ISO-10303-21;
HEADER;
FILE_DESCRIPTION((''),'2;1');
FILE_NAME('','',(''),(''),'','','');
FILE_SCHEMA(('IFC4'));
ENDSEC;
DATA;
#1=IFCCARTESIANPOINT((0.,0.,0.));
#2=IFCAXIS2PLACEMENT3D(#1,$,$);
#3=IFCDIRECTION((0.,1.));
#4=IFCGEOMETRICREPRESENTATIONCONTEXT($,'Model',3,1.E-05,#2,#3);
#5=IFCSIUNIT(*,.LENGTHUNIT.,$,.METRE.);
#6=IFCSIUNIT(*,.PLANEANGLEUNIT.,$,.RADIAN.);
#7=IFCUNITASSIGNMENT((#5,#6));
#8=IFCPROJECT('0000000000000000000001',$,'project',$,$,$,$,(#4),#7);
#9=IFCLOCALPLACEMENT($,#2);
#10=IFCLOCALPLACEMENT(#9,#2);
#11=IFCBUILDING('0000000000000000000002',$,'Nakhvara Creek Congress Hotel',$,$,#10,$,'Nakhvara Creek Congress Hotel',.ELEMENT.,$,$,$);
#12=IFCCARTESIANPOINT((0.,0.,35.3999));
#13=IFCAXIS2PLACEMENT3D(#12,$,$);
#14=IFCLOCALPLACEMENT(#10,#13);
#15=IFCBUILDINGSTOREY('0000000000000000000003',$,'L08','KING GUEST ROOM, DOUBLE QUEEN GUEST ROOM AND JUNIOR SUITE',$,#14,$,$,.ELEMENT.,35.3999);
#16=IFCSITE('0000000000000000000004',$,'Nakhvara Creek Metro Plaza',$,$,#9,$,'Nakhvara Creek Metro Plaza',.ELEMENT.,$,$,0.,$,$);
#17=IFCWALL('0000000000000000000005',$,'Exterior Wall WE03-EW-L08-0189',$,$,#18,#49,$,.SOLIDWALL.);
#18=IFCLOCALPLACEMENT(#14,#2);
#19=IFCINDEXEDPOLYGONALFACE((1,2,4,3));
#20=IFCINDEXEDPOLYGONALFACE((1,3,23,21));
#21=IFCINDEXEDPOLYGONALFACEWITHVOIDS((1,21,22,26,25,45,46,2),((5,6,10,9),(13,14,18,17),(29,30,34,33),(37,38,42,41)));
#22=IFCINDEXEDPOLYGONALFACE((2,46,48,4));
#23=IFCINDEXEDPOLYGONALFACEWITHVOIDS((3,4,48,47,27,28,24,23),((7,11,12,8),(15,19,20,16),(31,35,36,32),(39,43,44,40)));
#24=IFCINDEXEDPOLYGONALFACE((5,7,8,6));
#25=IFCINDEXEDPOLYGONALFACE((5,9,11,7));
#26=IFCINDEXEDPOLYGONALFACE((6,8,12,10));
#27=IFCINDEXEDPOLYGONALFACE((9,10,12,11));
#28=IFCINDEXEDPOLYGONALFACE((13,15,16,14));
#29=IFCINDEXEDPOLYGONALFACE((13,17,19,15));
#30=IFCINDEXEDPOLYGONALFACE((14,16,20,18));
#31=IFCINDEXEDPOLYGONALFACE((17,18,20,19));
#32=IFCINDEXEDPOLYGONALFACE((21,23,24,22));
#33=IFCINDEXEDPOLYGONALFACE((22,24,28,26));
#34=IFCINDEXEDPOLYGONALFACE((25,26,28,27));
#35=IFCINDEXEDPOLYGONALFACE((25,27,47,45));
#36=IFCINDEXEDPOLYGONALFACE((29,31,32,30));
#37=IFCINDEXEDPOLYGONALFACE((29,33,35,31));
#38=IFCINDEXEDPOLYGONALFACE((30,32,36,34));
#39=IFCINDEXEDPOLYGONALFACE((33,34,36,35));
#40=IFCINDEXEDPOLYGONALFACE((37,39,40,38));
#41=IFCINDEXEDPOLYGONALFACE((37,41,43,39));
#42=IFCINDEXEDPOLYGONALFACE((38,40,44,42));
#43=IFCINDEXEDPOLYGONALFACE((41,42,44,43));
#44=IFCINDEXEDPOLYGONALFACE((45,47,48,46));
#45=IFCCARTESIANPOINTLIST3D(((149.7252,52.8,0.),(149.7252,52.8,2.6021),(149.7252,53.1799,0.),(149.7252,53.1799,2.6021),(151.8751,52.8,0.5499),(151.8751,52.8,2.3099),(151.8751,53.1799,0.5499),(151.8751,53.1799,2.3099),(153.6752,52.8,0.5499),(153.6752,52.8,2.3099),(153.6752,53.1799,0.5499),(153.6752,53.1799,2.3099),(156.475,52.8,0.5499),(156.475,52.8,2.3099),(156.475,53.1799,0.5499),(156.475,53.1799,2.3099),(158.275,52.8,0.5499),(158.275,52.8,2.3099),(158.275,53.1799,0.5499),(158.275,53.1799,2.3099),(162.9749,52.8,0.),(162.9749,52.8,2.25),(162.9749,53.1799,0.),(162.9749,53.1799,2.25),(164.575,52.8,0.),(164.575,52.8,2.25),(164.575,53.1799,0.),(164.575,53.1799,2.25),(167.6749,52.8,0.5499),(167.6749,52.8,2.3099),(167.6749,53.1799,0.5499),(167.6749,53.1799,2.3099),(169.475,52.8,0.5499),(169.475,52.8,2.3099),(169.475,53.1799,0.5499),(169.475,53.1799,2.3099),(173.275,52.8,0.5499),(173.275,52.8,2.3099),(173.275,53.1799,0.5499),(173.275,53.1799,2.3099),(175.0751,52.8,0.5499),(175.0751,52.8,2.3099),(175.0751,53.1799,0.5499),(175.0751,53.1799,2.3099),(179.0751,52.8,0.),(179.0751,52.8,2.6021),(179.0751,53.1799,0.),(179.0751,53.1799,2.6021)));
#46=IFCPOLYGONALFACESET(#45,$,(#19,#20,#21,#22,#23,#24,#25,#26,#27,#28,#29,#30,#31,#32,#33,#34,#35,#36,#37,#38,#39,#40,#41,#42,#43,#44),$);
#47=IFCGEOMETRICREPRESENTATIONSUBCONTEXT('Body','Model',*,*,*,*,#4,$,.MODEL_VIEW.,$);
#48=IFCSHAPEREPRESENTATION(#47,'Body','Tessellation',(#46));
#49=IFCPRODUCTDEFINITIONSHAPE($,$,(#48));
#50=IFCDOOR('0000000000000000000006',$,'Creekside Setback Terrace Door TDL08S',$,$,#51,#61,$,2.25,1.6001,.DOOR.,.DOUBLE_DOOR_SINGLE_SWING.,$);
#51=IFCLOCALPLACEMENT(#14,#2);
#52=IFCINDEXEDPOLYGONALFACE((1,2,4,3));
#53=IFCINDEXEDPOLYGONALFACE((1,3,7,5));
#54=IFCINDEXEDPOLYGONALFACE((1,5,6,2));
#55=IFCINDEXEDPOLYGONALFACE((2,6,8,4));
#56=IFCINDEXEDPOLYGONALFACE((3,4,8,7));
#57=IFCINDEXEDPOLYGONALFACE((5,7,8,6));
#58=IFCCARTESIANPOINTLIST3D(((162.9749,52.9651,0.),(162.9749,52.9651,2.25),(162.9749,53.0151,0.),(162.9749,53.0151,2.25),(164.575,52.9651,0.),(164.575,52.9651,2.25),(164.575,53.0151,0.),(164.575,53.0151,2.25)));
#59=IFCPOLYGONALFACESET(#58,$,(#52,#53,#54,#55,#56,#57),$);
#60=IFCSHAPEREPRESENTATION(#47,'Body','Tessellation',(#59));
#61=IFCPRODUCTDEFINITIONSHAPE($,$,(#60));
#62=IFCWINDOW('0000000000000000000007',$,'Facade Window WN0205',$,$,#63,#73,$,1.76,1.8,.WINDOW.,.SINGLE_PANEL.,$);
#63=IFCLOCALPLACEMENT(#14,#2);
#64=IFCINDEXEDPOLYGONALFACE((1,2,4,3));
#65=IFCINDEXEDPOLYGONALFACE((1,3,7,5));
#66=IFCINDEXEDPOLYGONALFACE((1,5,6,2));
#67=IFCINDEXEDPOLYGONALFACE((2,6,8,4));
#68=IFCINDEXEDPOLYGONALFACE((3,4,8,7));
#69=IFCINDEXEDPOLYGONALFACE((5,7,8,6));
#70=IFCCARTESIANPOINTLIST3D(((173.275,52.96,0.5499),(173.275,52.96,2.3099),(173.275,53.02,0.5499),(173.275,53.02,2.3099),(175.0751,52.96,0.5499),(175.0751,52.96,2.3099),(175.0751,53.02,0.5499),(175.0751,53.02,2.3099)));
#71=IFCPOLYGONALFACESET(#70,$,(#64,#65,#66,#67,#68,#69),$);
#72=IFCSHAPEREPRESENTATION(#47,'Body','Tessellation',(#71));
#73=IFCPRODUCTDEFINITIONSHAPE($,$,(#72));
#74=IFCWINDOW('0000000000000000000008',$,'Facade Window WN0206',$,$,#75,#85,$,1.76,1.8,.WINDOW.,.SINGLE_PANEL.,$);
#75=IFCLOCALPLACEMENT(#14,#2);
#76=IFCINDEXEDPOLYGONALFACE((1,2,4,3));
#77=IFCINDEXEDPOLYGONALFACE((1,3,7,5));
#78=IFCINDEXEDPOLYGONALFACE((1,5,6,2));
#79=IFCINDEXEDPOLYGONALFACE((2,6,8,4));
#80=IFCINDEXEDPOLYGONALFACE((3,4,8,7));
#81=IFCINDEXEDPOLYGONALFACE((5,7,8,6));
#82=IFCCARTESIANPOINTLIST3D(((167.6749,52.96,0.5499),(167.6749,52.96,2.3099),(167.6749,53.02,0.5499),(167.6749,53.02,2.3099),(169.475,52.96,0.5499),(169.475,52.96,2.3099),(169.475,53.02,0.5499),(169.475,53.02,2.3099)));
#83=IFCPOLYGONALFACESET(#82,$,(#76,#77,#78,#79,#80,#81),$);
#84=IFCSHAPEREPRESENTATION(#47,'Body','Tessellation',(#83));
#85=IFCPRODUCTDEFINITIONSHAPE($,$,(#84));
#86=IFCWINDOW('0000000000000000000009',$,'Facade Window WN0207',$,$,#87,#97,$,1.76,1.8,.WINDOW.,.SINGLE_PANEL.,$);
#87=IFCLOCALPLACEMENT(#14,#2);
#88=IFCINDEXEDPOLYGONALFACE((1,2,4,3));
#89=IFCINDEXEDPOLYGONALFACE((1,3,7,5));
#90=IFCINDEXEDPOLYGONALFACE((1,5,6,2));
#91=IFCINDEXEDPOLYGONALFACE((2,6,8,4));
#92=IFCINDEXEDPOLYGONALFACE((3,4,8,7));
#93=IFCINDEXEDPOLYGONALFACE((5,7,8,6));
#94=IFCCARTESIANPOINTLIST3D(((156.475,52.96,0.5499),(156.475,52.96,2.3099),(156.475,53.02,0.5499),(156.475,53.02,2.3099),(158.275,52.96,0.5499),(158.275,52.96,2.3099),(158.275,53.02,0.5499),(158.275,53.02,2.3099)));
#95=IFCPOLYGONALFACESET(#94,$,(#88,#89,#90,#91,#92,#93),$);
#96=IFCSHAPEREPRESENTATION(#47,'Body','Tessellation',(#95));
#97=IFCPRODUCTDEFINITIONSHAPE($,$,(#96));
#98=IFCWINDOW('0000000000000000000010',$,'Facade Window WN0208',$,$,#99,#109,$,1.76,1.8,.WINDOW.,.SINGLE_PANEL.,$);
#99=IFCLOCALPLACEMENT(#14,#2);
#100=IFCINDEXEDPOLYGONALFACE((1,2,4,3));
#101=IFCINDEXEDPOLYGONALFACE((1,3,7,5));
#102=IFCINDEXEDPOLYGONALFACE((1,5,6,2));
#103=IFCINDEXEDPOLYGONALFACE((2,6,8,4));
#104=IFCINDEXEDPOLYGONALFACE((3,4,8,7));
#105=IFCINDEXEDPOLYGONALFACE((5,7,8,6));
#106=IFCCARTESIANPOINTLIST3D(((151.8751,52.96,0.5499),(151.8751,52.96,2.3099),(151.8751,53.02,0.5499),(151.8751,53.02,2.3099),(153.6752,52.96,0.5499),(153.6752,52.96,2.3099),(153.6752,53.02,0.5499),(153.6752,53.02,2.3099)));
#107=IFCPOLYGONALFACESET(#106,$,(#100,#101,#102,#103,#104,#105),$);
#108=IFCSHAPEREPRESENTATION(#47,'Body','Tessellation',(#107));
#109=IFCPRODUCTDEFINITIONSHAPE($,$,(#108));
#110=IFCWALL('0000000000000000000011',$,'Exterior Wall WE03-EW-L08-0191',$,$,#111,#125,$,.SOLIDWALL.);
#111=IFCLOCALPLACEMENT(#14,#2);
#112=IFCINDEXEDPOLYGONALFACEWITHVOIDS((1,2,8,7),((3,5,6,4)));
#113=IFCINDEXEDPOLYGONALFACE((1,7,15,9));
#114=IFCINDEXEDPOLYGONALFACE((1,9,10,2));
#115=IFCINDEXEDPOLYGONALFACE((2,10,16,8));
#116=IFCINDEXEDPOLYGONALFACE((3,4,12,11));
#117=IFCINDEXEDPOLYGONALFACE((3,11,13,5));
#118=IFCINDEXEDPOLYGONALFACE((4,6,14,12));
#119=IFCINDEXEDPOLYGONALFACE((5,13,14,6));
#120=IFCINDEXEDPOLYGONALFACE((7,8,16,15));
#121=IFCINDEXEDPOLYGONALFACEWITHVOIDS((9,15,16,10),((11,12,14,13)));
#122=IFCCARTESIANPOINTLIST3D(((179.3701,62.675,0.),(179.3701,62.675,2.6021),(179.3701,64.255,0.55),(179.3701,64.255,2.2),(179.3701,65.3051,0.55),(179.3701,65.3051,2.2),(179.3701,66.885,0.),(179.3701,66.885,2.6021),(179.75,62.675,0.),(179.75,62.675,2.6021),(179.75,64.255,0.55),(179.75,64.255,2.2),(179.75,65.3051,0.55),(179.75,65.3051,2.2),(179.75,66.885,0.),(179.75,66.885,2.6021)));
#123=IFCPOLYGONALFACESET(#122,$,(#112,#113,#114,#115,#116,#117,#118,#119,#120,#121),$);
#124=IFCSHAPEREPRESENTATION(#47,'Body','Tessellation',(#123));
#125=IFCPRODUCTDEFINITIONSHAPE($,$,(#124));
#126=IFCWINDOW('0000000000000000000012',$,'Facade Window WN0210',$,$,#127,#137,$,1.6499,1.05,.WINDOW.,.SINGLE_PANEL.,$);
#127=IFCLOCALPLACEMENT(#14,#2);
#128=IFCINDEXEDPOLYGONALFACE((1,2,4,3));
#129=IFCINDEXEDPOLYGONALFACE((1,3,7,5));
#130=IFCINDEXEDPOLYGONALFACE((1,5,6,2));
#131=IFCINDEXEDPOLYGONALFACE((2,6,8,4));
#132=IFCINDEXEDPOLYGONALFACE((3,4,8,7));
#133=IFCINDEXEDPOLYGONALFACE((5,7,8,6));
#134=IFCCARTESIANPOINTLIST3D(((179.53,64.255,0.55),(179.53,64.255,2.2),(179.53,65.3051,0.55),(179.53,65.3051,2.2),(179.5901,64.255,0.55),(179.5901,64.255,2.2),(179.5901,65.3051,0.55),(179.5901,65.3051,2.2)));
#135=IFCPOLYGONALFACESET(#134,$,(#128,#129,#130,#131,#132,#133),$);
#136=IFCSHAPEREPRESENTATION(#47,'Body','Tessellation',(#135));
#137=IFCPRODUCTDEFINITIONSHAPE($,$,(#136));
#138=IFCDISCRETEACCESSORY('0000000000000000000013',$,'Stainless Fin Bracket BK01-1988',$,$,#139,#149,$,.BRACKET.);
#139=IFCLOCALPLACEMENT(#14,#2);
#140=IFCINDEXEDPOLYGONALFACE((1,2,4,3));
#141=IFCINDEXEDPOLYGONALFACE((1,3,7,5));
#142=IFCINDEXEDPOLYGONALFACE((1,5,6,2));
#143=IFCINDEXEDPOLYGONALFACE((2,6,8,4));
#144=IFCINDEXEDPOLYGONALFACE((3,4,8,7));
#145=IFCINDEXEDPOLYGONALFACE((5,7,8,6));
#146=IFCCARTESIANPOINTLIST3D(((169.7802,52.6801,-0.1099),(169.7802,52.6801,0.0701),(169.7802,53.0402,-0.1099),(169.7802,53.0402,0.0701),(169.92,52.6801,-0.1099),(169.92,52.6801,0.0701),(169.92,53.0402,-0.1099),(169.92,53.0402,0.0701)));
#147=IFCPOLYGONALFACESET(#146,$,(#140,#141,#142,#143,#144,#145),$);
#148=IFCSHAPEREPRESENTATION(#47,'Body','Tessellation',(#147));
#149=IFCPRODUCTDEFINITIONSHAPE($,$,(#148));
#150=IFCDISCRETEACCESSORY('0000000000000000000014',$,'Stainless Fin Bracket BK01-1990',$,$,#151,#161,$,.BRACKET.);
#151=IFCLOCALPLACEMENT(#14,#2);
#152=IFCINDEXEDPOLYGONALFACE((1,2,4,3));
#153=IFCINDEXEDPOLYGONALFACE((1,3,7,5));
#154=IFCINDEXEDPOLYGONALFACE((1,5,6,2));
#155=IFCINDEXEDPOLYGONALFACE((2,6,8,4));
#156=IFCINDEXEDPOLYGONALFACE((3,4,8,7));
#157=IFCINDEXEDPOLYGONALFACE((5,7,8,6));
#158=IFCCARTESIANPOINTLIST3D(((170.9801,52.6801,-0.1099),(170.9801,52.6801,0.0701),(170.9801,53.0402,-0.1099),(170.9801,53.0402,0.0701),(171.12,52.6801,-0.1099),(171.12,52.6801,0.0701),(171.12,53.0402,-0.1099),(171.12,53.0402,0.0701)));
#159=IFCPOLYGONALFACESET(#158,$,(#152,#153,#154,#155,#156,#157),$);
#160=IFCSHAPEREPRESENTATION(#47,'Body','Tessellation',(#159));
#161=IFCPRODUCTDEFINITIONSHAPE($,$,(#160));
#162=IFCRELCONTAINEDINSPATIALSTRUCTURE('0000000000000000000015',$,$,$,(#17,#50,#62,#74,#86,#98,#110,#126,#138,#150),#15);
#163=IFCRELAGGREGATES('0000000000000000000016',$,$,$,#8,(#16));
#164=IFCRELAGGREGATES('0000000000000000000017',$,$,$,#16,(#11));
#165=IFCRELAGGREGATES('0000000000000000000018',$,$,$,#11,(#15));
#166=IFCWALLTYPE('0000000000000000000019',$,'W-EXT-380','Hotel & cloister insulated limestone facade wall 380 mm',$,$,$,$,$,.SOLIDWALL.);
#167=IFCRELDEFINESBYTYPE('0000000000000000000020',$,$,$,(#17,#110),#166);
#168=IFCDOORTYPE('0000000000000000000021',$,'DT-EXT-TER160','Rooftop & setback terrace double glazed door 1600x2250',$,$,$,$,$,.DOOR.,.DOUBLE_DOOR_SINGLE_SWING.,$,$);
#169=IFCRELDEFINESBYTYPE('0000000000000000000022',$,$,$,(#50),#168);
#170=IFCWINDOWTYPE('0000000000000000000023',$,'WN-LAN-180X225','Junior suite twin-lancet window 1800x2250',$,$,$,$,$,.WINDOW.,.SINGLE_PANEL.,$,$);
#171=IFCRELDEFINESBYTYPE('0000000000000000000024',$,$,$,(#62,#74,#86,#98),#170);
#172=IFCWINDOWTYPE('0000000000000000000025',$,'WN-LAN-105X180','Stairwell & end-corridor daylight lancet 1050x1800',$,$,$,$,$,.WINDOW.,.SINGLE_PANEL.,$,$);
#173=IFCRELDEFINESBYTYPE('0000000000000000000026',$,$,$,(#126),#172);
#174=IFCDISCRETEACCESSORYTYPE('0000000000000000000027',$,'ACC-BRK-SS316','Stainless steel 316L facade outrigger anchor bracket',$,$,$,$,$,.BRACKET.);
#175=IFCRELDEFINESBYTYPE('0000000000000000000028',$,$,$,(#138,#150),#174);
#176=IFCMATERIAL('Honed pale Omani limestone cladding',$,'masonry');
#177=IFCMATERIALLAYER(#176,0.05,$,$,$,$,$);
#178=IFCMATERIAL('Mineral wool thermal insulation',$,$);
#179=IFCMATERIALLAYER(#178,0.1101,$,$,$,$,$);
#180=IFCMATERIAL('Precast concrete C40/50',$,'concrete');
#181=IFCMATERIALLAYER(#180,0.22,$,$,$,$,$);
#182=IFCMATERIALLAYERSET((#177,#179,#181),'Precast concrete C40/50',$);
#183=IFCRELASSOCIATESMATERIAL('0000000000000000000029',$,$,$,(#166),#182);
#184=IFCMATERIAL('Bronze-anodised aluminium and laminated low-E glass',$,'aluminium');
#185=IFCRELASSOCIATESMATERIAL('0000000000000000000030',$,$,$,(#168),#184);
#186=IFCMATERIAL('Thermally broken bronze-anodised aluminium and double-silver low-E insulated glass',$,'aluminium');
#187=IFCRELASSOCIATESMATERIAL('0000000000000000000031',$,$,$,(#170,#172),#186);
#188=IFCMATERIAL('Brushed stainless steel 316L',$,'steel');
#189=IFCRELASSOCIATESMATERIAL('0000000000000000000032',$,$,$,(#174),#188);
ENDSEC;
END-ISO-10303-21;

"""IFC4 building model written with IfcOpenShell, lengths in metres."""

from ifc_helpers import new_model, si_unit, direction, frame, frame_2d, origin, origin_2d, place, context, subcontext, project, spatial, rectangle, extrude, material, layer, layer_set, type_object, element, fill, save


model = new_model("IFC4")

# Units and contexts
model_context = context("Model", 3, precision=1e-05, world=origin(), true_north=direction((0.0, 1.0)))
body_context = subcontext(model_context, "Body", "Model", "MODEL_VIEW")
ifc_project = project(units=[si_unit("LENGTHUNIT", "METRE"), si_unit("PLANEANGLEUNIT", "RADIAN")], contexts=[model_context])

# Site, building, storey
site_placement = place(None, origin())
site = spatial("IfcSite", under=ifc_project, at=site_placement, Name="Nakhvara Creek Metro Plaza", LongName="Nakhvara Creek Metro Plaza", CompositionType="ELEMENT", RefElevation=0.0)
building_placement = place(site_placement, origin())
building = spatial("IfcBuilding", under=site, at=building_placement, Name="Nakhvara Creek Congress Hotel", LongName="Nakhvara Creek Congress Hotel", CompositionType="ELEMENT")
storey_placement = place(building_placement, frame((0.0, 0.0, 35.3999)))
storey = spatial("IfcBuildingStorey", under=building, at=storey_placement, Name="L08", Description="KING GUEST ROOM, DOUBLE QUEEN GUEST ROOM AND JUNIOR SUITE", CompositionType="ELEMENT", Elevation=35.3999)

# Wall, openings, door, windows
ifc_material_1 = material(Name="Honed pale Omani limestone cladding", Category="masonry")
ifc_layer_1 = layer(ifc_material_1, 0.05)
ifc_material_2 = material(Name="Mineral wool thermal insulation")
ifc_layer_2 = layer(ifc_material_2, 0.1101)
ifc_material_3 = material(Name="Precast concrete C40/50", Category="concrete")
ifc_layer_3 = layer(ifc_material_3, 0.22)
ifc_layer_set_1 = layer_set([ifc_layer_1, ifc_layer_2, ifc_layer_3], Name="Precast concrete C40/50")
wall_type = type_object("IfcWallType", Name="W-EXT-380", Description="Hotel & cloister insulated limestone facade wall 380 mm", PredefinedType="SOLIDWALL", material=ifc_layer_set_1)
wall_1_placement = place(storey_placement, frame((179.075, 52.99, 0.0), z_axis=(0.0, 0.0, 1.0), x_axis=(-1.0, 0.0, 0.0)))
wall_1 = element("IfcWall", 1, at=wall_1_placement, inside=storey, type_object=wall_type, Name="Exterior Wall WE03-EW-L08-0189", PredefinedType="SOLIDWALL", context=body_context, shape_type="SweptSolid", body=[
    extrude(rectangle(XDim=29.3499, YDim=0.3799, at=frame_2d((14.6748, 0.0))), origin(), (0.0, 0.0, 1.0), 2.6021),
])
opening_1_placement = place(wall_1_placement, frame((14.5, 0.0, 0.0)))
opening_1 = element("IfcOpeningElement", 2, at=opening_1_placement, cuts=wall_1, PredefinedType="OPENING", context=body_context, shape_type="SweptSolid", body=[
    extrude(rectangle(XDim=1.6001, YDim=2.25, at=frame_2d((0.8, 1.125))), frame((0.0, 0.2019, 0.0), z_axis=(0.0, -1.0, 0.0), x_axis=(1.0, 0.0, 0.0)), (0.0, 0.0, 1.0), 0.4038),
])
opening_2_placement = place(wall_1_placement, frame((4.0, 0.0, 0.55)))
opening_2 = element("IfcOpeningElement", 3, at=opening_2_placement, cuts=wall_1, PredefinedType="OPENING", context=body_context, shape_type="SweptSolid", body=[
    extrude(rectangle(XDim=1.8, YDim=1.76, at=frame_2d((0.8999, 0.8799))), frame((0.0, 0.2019, 0.0), z_axis=(0.0, -1.0, 0.0), x_axis=(1.0, 0.0, 0.0)), (0.0, 0.0, 1.0), 0.4038),
])
opening_3_placement = place(wall_1_placement, frame((9.6001, 0.0, 0.55)))
opening_3 = element("IfcOpeningElement", 4, at=opening_3_placement, cuts=wall_1, PredefinedType="OPENING", context=body_context, shape_type="SweptSolid", body=[
    extrude(rectangle(XDim=1.8, YDim=1.76, at=frame_2d((0.8999, 0.8799))), frame((0.0, 0.2019, 0.0), z_axis=(0.0, -1.0, 0.0), x_axis=(1.0, 0.0, 0.0)), (0.0, 0.0, 1.0), 0.4038),
])
opening_4_placement = place(wall_1_placement, frame((20.8, 0.0, 0.55)))
opening_4 = element("IfcOpeningElement", 5, at=opening_4_placement, cuts=wall_1, PredefinedType="OPENING", context=body_context, shape_type="SweptSolid", body=[
    extrude(rectangle(XDim=1.8, YDim=1.76, at=frame_2d((0.8999, 0.8799))), frame((0.0, 0.2019, 0.0), z_axis=(0.0, -1.0, 0.0), x_axis=(1.0, 0.0, 0.0)), (0.0, 0.0, 1.0), 0.4038),
])
opening_5_placement = place(wall_1_placement, frame((25.3999, 0.0, 0.55)))
opening_5 = element("IfcOpeningElement", 6, at=opening_5_placement, cuts=wall_1, PredefinedType="OPENING", context=body_context, shape_type="SweptSolid", body=[
    extrude(rectangle(XDim=1.8, YDim=1.76, at=frame_2d((0.8999, 0.8799))), frame((0.0, 0.2019, 0.0), z_axis=(0.0, -1.0, 0.0), x_axis=(1.0, 0.0, 0.0)), (0.0, 0.0, 1.0), 0.4038),
])
ifc_material_4 = material(Name="Bronze-anodised aluminium and laminated low-E glass", Category="aluminium")
door_type = type_object("IfcDoorType", Name="DT-EXT-TER160", Description="Rooftop & setback terrace double glazed door 1600x2250", OperationType="DOUBLE_DOOR_SINGLE_SWING", PredefinedType="DOOR", material=ifc_material_4)
door_placement = place(opening_1_placement, origin())
door = element("IfcDoor", 7, at=door_placement, inside=storey, type_object=door_type, Name="Creekside Setback Terrace Door TDL08S", OperationType="DOUBLE_DOOR_SINGLE_SWING", OverallHeight=2.25, OverallWidth=1.6001, PredefinedType="DOOR", context=body_context, shape_type="SweptSolid", body=[
    extrude(rectangle(XDim=1.6001, YDim=2.25, at=frame_2d((0.8, 1.125))), frame((0.0, 0.0249, 0.0), z_axis=(0.0, -1.0, 0.0), x_axis=(1.0, 0.0, 0.0)), (0.0, 0.0, 1.0), 0.05),
])
fill(opening_1, door)
ifc_material_5 = material(Name="Thermally broken bronze-anodised aluminium and double-silver low-E insulated glass", Category="aluminium")
window_type_1 = type_object("IfcWindowType", Name="WN-LAN-180X225", Description="Junior suite twin-lancet window 1800x2250", PartitioningType="SINGLE_PANEL", PredefinedType="WINDOW", material=ifc_material_5)
window_1_placement = place(opening_2_placement, origin())
window_1 = element("IfcWindow", 8, at=window_1_placement, inside=storey, type_object=window_type_1, Name="Facade Window WN0205", OverallHeight=1.76, OverallWidth=1.8, PartitioningType="SINGLE_PANEL", PredefinedType="WINDOW", context=body_context, shape_type="SweptSolid", body=[
    extrude(rectangle(XDim=1.8, YDim=1.76, at=frame_2d((0.8999, 0.8799))), frame((0.0, 0.03, 0.0), z_axis=(0.0, -1.0, 0.0), x_axis=(1.0, 0.0, 0.0)), (0.0, 0.0, 1.0), 0.0601),
])
fill(opening_2, window_1)
window_2_placement = place(opening_3_placement, origin())
window_2 = element("IfcWindow", 9, at=window_2_placement, inside=storey, type_object=window_type_1, Name="Facade Window WN0206", OverallHeight=1.76, OverallWidth=1.8, PartitioningType="SINGLE_PANEL", PredefinedType="WINDOW", context=body_context, shape_type="SweptSolid", body=[
    extrude(rectangle(XDim=1.8, YDim=1.76, at=frame_2d((0.8999, 0.8799))), frame((0.0, 0.03, 0.0), z_axis=(0.0, -1.0, 0.0), x_axis=(1.0, 0.0, 0.0)), (0.0, 0.0, 1.0), 0.0601),
])
fill(opening_3, window_2)
window_3_placement = place(opening_4_placement, origin())
window_3 = element("IfcWindow", 10, at=window_3_placement, inside=storey, type_object=window_type_1, Name="Facade Window WN0207", OverallHeight=1.76, OverallWidth=1.8, PartitioningType="SINGLE_PANEL", PredefinedType="WINDOW", context=body_context, shape_type="SweptSolid", body=[
    extrude(rectangle(XDim=1.8, YDim=1.76, at=frame_2d((0.8999, 0.8799))), frame((0.0, 0.03, 0.0), z_axis=(0.0, -1.0, 0.0), x_axis=(1.0, 0.0, 0.0)), (0.0, 0.0, 1.0), 0.0601),
])
fill(opening_4, window_3)
window_4_placement = place(opening_5_placement, origin())
window_4 = element("IfcWindow", 11, at=window_4_placement, inside=storey, type_object=window_type_1, Name="Facade Window WN0208", OverallHeight=1.76, OverallWidth=1.8, PartitioningType="SINGLE_PANEL", PredefinedType="WINDOW", context=body_context, shape_type="SweptSolid", body=[
    extrude(rectangle(XDim=1.8, YDim=1.76, at=frame_2d((0.8999, 0.8799))), frame((0.0, 0.03, 0.0), z_axis=(0.0, -1.0, 0.0), x_axis=(1.0, 0.0, 0.0)), (0.0, 0.0, 1.0), 0.0601),
])
fill(opening_5, window_4)

# Wall, opening, window
wall_2_placement = place(storey_placement, frame((179.5601, 66.885, 0.0), z_axis=(0.0, 0.0, 1.0), x_axis=(0.0, -1.0, 0.0)))
wall_2 = element("IfcWall", 12, at=wall_2_placement, inside=storey, type_object=wall_type, Name="Exterior Wall WE03-EW-L08-0191", PredefinedType="SOLIDWALL", context=body_context, shape_type="SweptSolid", body=[
    extrude(rectangle(XDim=4.21, YDim=0.3799, at=frame_2d((2.105, 0.0))), origin(), (0.0, 0.0, 1.0), 2.6021),
])
opening_6_placement = place(wall_2_placement, frame((1.5801, 0.0, 0.55)))
opening_6 = element("IfcOpeningElement", 13, at=opening_6_placement, cuts=wall_2, PredefinedType="OPENING", context=body_context, shape_type="SweptSolid", body=[
    extrude(rectangle(XDim=1.05, YDim=1.6499, at=frame_2d((0.5249, 0.825))), frame((0.0, 0.2019, 0.0), z_axis=(0.0, -1.0, 0.0), x_axis=(1.0, 0.0, 0.0)), (0.0, 0.0, 1.0), 0.4038),
])
window_type_2 = type_object("IfcWindowType", Name="WN-LAN-105X180", Description="Stairwell & end-corridor daylight lancet 1050x1800", PartitioningType="SINGLE_PANEL", PredefinedType="WINDOW", material=ifc_material_5)
window_5_placement = place(opening_6_placement, origin())
window_5 = element("IfcWindow", 14, at=window_5_placement, inside=storey, type_object=window_type_2, Name="Facade Window WN0210", OverallHeight=1.6499, OverallWidth=1.05, PartitioningType="SINGLE_PANEL", PredefinedType="WINDOW", context=body_context, shape_type="SweptSolid", body=[
    extrude(rectangle(XDim=1.05, YDim=1.6499, at=frame_2d((0.5249, 0.825))), frame((0.0, 0.03, 0.0), z_axis=(0.0, -1.0, 0.0), x_axis=(1.0, 0.0, 0.0)), (0.0, 0.0, 1.0), 0.0601),
])
fill(opening_6, window_5)

# Discrete accessories
ifc_material_6 = material(Name="Brushed stainless steel 316L", Category="steel")
discrete_accessory_type = type_object("IfcDiscreteAccessoryType", Name="ACC-BRK-SS316", Description="Stainless steel 316L facade outrigger anchor bracket", PredefinedType="BRACKET", material=ifc_material_6)
for number, where, z_axis, x_axis, name in (
    (15, (169.8501, 52.8601, -0.1099), (0.0, 0.0, 1.0), (1.0, 0.0, 0.0), "Stainless Fin Bracket BK01-1988"),
    (16, (171.05, 52.8601, -0.1099), (0.0, 0.0, 1.0), (1.0, 0.0, 0.0), "Stainless Fin Bracket BK01-1990"),
):
    element("IfcDiscreteAccessory", number, at=place(storey_placement, frame(where, z_axis=z_axis, x_axis=x_axis)), inside=storey, type_object=discrete_accessory_type, Name=name, PredefinedType="BRACKET", context=body_context, shape_type="SweptSolid", body=[
        extrude(rectangle(XDim=0.1399, YDim=0.3601, at=origin_2d()), origin(), (0.0, 0.0, 1.0), 0.1799),
    ])

save(model, "model.ifc")
